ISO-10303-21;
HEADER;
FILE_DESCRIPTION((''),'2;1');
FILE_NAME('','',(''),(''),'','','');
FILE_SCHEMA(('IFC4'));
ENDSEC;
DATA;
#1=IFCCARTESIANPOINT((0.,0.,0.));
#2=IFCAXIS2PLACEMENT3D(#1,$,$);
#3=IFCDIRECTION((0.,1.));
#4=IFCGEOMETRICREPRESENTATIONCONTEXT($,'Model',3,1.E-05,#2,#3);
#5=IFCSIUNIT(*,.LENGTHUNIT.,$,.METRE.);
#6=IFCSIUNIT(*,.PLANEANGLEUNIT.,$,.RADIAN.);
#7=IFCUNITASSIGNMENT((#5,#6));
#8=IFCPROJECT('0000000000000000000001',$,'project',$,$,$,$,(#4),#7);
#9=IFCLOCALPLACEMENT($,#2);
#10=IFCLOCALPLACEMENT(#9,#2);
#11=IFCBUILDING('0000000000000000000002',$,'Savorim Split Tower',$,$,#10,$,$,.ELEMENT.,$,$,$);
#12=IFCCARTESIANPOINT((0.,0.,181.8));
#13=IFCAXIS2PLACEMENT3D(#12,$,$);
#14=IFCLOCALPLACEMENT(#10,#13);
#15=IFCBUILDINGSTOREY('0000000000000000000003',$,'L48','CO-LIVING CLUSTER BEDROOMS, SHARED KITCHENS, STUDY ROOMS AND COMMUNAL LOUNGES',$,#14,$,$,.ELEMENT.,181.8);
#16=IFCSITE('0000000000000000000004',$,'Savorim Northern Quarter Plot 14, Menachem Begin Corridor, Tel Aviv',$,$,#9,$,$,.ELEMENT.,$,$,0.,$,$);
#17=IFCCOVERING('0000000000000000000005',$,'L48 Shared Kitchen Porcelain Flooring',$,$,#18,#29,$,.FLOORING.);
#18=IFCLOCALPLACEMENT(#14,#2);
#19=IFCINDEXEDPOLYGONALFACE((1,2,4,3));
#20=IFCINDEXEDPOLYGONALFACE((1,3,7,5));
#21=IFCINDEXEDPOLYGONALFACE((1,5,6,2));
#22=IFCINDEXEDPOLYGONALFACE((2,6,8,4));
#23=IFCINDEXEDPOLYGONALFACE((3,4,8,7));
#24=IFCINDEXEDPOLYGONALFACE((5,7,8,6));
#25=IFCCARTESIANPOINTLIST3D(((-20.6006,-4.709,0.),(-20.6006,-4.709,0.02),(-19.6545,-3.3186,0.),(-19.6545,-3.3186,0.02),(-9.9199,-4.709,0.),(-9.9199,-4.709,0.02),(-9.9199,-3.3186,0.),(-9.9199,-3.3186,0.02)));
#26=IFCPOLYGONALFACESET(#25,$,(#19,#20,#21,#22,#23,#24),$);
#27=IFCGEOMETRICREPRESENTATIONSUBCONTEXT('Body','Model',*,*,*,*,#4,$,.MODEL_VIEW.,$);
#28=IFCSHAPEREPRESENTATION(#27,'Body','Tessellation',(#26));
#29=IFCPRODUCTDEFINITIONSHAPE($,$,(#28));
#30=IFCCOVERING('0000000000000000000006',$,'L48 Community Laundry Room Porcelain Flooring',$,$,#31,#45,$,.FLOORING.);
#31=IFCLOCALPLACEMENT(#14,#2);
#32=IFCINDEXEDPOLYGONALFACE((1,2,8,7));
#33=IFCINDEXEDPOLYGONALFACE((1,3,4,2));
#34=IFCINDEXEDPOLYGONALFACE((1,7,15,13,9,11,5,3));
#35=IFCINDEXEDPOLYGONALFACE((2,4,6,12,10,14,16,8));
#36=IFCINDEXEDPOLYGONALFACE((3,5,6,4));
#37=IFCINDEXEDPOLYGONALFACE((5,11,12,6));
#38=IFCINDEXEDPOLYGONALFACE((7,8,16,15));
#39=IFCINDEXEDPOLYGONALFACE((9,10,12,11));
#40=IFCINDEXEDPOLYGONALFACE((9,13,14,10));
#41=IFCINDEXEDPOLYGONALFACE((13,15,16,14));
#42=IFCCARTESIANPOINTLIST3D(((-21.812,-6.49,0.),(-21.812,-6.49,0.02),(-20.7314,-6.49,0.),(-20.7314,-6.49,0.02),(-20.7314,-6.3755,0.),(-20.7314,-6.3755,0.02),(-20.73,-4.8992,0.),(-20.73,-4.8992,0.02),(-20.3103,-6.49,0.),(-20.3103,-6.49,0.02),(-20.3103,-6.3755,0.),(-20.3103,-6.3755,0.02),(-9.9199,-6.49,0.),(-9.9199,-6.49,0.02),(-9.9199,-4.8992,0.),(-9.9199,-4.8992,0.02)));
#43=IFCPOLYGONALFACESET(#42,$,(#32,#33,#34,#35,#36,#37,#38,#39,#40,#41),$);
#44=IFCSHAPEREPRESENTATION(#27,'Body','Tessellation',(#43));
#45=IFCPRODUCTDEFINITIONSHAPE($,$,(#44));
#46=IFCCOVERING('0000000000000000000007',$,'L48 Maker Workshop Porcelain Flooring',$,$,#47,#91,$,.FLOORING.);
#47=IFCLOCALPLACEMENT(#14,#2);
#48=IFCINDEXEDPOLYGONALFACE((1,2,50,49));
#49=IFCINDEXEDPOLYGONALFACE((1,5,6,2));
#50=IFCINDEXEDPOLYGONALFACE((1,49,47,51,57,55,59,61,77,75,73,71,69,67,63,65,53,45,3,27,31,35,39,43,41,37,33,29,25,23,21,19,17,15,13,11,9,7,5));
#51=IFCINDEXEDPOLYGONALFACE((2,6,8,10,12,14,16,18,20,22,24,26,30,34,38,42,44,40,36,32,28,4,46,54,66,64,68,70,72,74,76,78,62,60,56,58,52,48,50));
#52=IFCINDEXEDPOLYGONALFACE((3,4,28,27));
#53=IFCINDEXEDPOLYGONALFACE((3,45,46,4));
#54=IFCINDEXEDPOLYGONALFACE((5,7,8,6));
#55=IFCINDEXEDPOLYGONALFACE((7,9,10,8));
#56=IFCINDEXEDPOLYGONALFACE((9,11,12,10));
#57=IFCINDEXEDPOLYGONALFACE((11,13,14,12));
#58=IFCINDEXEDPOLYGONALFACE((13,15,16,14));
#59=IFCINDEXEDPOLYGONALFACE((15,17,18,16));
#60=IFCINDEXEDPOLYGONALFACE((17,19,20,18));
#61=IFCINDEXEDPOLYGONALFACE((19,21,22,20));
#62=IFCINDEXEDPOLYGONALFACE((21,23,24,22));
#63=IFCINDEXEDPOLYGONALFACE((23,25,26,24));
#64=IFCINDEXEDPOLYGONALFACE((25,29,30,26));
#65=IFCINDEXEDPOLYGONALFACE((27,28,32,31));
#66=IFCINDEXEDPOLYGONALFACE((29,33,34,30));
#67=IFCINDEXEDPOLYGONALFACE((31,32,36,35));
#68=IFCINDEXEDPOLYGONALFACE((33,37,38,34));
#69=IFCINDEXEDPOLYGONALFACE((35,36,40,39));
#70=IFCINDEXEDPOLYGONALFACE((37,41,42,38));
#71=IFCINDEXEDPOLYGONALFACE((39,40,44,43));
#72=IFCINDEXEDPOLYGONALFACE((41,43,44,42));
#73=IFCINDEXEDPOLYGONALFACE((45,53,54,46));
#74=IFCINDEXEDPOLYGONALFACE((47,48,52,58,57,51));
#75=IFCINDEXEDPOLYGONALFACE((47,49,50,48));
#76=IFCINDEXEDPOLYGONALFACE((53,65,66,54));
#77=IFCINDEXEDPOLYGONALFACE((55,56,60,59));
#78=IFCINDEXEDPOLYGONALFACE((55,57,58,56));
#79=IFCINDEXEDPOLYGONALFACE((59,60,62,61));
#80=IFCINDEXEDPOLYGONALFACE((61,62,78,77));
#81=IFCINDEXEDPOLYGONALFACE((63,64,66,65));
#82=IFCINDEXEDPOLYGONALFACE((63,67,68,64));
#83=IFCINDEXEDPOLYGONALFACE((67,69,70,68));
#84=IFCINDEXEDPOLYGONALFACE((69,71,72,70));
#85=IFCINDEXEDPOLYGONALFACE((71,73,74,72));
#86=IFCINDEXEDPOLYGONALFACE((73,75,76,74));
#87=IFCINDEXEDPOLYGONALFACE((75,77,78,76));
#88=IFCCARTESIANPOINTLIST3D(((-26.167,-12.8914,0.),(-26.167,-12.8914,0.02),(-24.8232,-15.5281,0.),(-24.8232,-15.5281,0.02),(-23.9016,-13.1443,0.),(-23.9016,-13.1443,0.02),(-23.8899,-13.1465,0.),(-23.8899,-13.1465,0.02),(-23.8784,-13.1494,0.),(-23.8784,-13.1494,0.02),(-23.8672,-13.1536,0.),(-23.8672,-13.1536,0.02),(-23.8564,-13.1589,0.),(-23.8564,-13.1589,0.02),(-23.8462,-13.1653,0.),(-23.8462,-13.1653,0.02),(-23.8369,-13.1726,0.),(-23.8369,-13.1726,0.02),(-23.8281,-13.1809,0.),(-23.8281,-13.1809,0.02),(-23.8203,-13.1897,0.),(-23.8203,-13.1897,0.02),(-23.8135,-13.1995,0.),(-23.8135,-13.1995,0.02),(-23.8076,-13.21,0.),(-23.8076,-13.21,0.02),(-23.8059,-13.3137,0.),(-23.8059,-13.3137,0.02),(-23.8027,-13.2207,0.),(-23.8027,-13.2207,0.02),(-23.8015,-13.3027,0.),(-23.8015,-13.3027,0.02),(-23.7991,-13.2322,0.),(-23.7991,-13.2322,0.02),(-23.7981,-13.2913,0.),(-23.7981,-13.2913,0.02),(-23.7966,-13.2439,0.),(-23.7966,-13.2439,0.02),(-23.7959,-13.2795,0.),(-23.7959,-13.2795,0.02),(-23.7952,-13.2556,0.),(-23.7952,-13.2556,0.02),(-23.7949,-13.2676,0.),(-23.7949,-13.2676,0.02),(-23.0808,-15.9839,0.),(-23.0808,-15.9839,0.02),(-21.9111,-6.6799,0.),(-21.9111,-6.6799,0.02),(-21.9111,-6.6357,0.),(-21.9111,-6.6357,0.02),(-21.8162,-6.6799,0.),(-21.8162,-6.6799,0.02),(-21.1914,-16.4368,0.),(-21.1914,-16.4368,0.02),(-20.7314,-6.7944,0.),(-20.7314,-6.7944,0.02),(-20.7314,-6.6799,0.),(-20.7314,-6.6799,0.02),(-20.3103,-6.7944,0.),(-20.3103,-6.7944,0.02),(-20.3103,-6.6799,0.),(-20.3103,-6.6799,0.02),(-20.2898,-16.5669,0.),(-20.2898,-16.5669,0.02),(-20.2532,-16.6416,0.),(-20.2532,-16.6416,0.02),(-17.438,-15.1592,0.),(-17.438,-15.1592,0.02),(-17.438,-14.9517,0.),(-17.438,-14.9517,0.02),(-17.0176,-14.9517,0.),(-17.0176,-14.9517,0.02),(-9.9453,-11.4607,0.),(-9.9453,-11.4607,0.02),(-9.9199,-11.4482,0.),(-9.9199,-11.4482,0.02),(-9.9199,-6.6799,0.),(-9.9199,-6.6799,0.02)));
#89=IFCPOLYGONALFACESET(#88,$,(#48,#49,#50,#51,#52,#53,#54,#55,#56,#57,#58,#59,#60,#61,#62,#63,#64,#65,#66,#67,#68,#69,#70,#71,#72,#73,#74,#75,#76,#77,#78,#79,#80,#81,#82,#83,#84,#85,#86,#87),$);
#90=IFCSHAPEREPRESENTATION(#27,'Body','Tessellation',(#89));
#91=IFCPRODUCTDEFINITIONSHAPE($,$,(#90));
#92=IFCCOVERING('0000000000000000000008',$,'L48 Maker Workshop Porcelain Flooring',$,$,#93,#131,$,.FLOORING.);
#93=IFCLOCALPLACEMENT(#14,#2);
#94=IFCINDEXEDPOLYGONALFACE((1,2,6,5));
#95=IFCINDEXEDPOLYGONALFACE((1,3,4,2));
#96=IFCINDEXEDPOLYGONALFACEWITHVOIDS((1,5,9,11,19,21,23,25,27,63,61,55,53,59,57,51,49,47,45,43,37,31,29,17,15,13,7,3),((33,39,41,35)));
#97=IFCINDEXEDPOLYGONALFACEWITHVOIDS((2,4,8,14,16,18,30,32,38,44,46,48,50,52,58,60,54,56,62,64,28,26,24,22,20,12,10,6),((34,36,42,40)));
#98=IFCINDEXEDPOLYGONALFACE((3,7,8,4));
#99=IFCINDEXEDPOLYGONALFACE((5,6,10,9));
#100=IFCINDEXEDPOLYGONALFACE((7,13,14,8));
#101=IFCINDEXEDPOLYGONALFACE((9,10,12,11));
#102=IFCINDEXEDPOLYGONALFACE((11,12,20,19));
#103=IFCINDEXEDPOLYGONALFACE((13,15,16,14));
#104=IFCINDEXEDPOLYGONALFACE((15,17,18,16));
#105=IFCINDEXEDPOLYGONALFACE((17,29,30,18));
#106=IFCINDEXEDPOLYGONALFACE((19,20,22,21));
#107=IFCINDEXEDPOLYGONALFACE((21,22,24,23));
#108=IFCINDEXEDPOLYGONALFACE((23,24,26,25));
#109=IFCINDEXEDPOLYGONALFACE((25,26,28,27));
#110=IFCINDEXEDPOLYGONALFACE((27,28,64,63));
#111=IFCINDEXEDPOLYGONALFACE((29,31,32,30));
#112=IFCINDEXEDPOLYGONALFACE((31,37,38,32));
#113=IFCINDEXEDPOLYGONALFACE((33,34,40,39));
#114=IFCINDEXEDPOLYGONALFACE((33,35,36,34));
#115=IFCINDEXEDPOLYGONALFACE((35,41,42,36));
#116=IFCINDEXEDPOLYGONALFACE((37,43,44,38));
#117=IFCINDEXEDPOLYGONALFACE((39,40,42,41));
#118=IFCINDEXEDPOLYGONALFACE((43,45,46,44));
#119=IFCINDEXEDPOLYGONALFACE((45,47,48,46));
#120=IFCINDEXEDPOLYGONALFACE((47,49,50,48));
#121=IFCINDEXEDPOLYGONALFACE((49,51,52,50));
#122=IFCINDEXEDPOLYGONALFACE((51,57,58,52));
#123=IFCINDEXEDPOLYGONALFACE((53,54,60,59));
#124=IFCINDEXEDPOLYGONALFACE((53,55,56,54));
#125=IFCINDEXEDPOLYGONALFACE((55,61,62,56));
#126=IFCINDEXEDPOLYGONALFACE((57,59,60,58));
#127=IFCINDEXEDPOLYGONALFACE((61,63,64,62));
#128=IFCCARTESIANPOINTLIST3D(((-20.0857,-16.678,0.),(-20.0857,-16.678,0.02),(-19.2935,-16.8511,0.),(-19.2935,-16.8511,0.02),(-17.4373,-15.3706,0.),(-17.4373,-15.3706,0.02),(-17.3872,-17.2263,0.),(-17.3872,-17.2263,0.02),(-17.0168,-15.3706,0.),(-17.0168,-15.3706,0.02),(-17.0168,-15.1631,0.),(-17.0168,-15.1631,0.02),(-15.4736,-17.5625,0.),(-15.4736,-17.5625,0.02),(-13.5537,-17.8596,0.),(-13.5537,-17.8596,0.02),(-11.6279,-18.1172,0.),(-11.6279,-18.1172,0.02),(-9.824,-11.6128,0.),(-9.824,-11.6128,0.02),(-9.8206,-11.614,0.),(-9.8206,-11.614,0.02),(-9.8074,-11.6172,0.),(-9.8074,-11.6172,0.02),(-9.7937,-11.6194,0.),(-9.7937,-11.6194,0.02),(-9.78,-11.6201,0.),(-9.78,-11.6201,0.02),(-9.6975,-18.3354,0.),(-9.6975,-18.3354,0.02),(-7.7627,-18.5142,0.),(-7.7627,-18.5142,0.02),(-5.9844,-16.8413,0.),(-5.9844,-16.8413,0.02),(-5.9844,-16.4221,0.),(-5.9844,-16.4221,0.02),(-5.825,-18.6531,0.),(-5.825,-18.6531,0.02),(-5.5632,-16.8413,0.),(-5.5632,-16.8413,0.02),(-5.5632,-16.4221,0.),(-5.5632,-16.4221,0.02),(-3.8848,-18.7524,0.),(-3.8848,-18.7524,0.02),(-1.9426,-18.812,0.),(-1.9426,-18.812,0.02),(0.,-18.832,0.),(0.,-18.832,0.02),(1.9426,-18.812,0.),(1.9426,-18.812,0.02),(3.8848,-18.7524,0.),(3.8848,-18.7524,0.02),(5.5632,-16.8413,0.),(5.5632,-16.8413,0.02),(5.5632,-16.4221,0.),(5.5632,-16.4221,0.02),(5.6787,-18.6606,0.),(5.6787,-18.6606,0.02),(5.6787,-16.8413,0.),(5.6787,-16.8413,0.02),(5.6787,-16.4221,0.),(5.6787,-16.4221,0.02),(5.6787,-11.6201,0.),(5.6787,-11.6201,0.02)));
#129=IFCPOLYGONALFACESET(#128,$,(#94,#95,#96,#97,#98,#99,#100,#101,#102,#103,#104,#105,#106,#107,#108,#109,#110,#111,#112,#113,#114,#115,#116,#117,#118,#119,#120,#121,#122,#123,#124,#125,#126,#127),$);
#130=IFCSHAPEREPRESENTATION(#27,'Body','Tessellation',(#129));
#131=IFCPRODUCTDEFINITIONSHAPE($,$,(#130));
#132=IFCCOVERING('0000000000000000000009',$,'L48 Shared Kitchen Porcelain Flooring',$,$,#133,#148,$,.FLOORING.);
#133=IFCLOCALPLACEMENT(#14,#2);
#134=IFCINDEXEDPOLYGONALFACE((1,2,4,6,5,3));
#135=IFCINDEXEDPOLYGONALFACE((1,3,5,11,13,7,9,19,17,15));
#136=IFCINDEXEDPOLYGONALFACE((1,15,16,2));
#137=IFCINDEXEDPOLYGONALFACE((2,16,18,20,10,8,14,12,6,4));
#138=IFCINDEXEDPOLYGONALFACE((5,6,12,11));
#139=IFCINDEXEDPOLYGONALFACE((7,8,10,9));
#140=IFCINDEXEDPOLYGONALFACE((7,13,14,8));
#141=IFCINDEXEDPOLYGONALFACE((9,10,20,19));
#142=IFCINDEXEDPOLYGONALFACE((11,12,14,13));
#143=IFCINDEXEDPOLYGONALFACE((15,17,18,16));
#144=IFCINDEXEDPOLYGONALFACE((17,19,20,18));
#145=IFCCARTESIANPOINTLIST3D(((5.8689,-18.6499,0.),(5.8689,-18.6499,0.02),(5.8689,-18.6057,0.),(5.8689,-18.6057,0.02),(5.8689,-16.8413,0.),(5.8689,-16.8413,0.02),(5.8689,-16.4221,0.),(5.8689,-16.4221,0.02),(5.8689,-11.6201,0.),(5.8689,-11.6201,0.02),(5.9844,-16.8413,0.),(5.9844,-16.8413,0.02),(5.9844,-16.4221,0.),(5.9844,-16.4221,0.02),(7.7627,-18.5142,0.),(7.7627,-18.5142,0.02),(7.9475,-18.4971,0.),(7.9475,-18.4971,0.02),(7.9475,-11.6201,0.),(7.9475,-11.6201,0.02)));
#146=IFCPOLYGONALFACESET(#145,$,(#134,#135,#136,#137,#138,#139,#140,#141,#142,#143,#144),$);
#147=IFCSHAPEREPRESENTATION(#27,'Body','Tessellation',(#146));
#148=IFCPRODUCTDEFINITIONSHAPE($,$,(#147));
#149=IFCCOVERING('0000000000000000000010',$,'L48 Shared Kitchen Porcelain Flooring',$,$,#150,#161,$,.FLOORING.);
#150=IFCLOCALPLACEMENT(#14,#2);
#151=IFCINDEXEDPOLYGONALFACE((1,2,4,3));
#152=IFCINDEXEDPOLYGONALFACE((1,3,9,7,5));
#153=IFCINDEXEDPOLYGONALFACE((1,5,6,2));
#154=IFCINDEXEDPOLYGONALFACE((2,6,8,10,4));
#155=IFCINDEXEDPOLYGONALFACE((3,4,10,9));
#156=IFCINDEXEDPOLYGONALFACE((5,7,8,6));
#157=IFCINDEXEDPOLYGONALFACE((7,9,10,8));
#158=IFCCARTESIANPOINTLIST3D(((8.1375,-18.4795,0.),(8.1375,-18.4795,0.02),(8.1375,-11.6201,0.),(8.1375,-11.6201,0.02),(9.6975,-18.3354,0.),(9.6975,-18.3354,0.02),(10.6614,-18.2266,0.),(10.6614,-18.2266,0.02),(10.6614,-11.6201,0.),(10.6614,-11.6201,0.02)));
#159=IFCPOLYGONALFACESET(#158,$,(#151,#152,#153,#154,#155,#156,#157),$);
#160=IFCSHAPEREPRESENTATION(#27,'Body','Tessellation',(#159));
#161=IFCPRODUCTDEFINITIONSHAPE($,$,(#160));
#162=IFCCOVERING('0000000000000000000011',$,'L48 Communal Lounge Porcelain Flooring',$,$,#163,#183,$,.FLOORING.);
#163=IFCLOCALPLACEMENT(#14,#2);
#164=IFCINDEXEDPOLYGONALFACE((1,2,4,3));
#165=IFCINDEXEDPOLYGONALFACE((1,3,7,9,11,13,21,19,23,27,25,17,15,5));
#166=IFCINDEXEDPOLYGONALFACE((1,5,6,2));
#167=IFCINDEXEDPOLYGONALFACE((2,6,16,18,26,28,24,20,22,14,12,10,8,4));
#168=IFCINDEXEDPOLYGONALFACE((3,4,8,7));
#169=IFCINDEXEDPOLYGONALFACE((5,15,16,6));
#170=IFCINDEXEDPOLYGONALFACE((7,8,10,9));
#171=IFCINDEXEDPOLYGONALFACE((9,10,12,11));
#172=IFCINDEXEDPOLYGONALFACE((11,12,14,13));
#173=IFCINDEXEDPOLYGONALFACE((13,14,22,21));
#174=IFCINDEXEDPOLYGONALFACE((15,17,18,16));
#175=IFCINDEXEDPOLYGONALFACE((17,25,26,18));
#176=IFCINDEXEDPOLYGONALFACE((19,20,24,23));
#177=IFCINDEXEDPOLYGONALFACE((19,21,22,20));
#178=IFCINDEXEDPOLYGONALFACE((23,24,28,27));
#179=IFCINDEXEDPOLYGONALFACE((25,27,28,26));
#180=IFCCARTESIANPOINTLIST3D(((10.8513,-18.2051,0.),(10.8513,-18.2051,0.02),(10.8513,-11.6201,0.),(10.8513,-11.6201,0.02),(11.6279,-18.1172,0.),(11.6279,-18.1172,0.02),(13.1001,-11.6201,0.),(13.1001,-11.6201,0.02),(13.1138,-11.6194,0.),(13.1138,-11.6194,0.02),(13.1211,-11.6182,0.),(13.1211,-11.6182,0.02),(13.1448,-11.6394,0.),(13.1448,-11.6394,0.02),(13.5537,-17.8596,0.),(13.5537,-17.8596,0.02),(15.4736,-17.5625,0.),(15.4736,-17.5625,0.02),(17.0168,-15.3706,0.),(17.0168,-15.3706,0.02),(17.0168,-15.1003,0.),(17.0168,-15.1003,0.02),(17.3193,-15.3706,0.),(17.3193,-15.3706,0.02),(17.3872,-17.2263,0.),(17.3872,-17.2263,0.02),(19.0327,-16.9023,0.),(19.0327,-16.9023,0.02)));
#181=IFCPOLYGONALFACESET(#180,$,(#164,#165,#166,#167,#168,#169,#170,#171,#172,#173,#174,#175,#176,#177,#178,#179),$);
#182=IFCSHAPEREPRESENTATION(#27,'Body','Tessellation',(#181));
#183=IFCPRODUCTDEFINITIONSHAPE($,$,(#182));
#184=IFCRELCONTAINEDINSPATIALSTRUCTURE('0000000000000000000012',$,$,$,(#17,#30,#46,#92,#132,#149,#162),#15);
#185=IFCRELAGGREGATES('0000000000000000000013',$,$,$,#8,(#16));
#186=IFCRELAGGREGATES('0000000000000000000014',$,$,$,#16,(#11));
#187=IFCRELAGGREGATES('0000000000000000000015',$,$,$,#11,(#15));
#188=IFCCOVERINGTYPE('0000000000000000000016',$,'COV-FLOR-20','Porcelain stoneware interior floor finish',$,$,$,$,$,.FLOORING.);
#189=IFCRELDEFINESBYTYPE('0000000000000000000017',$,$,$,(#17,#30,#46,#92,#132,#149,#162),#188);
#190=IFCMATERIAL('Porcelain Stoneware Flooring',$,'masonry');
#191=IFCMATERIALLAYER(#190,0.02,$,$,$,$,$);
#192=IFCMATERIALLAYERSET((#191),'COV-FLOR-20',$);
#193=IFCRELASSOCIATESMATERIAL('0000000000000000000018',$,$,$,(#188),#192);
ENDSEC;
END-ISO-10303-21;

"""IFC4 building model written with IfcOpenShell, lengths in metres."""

from ifc_helpers import new_model, si_unit, direction, frame, origin, place, context, subcontext, project, spatial, polyline, outline, extrude, material, layer, layer_set, type_object, element, save


model = new_model("IFC4")

# Units and contexts
model_context = context("Model", 3, precision=1e-05, world=origin(), true_north=direction((0.0, 1.0)))
body_context = subcontext(model_context, "Body", "Model", "MODEL_VIEW")
ifc_project = project(units=[si_unit("LENGTHUNIT", "METRE"), si_unit("PLANEANGLEUNIT", "RADIAN")], contexts=[model_context])

# Site, building, storey
site_placement = place(None, origin())
site = spatial("IfcSite", under=ifc_project, at=site_placement, Name="Savorim Northern Quarter Plot 14, Menachem Begin Corridor, Tel Aviv", CompositionType="ELEMENT", RefElevation=0.0)
building_placement = place(site_placement, origin())
building = spatial("IfcBuilding", under=site, at=building_placement, Name="Savorim Split Tower", CompositionType="ELEMENT")
storey_placement = place(building_placement, frame((0.0, 0.0, 181.8)))
storey = spatial("IfcBuildingStorey", under=building, at=storey_placement, Name="L48", Description="CO-LIVING CLUSTER BEDROOMS, SHARED KITCHENS, STUDY ROOMS AND COMMUNAL LOUNGES", CompositionType="ELEMENT", Elevation=181.8)

# Coverings
ifc_material_1 = material(Name="Porcelain Stoneware Flooring", Category="masonry")
ifc_layer_1 = layer(ifc_material_1, 0.02)
ifc_layer_set_1 = layer_set([ifc_layer_1], Name="COV-FLOR-20")
covering_type_1 = type_object("IfcCoveringType", Name="COV-FLOR-20", Description="Porcelain stoneware interior floor finish", PredefinedType="FLOORING", material=ifc_layer_set_1)
covering_1_placement = place(storey_placement, origin())
element("IfcCovering", 1, at=covering_1_placement, inside=storey, type_object=covering_type_1, Name="L48 Shared Kitchen Porcelain Flooring", PredefinedType="FLOORING", context=body_context, shape_type="SweptSolid", body=[
    extrude(outline(polyline([(-19.6545, -3.3186), (-20.6006, -4.709), (-9.9199, -4.709), (-9.9199, -3.3186), (-19.6545, -3.3186)])), origin(), (0.0, 0.0, 1.0), 0.02),
])
covering_2_placement = place(storey_placement, origin())
element("IfcCovering", 2, at=covering_2_placement, inside=storey, type_object=covering_type_1, Name="L48 Community Laundry Room Porcelain Flooring", PredefinedType="FLOORING", context=body_context, shape_type="SweptSolid", body=[
    extrude(outline(polyline([(-20.3103, -6.3755), (-20.3103, -6.49), (-9.9199, -6.49), (-9.9199, -4.8992), (-20.73, -4.8992), (-21.812, -6.49), (-20.7314, -6.49), (-20.7314, -6.3755), (-20.3103, -6.3755)])), origin(), (0.0, 0.0, 1.0), 0.02),
])
covering_3_placement = place(storey_placement, origin())
element("IfcCovering", 3, at=covering_3_placement, inside=storey, type_object=covering_type_1, Name="L48 Maker Workshop Porcelain Flooring", PredefinedType="FLOORING", context=body_context, shape_type="SweptSolid", body=[
    extrude(outline(polyline([(-23.7952, -13.2556), (-23.7949, -13.2676), (-23.7959, -13.2795), (-23.7981, -13.2913), (-23.8015, -13.3027), (-23.8059, -13.3137), (-24.8232, -15.5281), (-23.0808, -15.9839), (-21.1914, -16.4368), (-20.2532, -16.6416), (-20.2898, -16.5669), (-17.438, -15.1592), (-17.438, -14.9517), (-17.0176, -14.9517), (-9.9453, -11.4607), (-9.9199, -11.4482), (-9.9199, -6.6799), (-20.3103, -6.6799), (-20.3103, -6.7944), (-20.7314, -6.7944), (-20.7314, -6.6799), (-21.8162, -6.6799), (-21.9111, -6.6799), (-21.9111, -6.6357), (-26.167, -12.8914), (-23.9016, -13.1443), (-23.8899, -13.1465), (-23.8784, -13.1494), (-23.8672, -13.1536), (-23.8564, -13.1589), (-23.8462, -13.1653), (-23.8369, -13.1726), (-23.8281, -13.1809), (-23.8203, -13.1897), (-23.8135, -13.1995), (-23.8076, -13.21), (-23.8027, -13.2207), (-23.7991, -13.2322), (-23.7966, -13.2439), (-23.7952, -13.2556)])), origin(), (0.0, 0.0, 1.0), 0.02),
])
covering_4_placement = place(storey_placement, origin())
element("IfcCovering", 4, at=covering_4_placement, inside=storey, type_object=covering_type_1, Name="L48 Maker Workshop Porcelain Flooring", PredefinedType="FLOORING", context=body_context, shape_type="SweptSolid", body=[
    extrude(outline(polyline([(-1.9426, -18.812), (0.0, -18.832), (1.9426, -18.812), (3.8848, -18.7524), (5.6787, -18.6606), (5.6787, -16.8413), (5.5632, -16.8413), (5.5632, -16.4221), (5.6787, -16.4221), (5.6787, -11.6201), (-9.78, -11.6201), (-9.7937, -11.6194), (-9.8074, -11.6172), (-9.8206, -11.614), (-9.824, -11.6128), (-17.0168, -15.1631), (-17.0168, -15.3706), (-17.4373, -15.3706), (-20.0857, -16.678), (-19.2935, -16.8511), (-17.3872, -17.2263), (-15.4736, -17.5625), (-13.5537, -17.8596), (-11.6279, -18.1172), (-9.6975, -18.3354), (-7.7627, -18.5142), (-5.825, -18.6531), (-3.8848, -18.7524), (-1.9426, -18.812)]), holes=[polyline([(-5.9844, -16.8413), (-5.5632, -16.8413), (-5.5632, -16.4221), (-5.9844, -16.4221), (-5.9844, -16.8413)])]), origin(), (0.0, 0.0, 1.0), 0.02),
])
covering_5_placement = place(storey_placement, origin())
element("IfcCovering", 5, at=covering_5_placement, inside=storey, type_object=covering_type_1, Name="L48 Shared Kitchen Porcelain Flooring", PredefinedType="FLOORING", context=body_context, shape_type="SweptSolid", body=[
    extrude(outline(polyline([(5.8689, -18.6057), (5.8689, -18.6499), (7.7627, -18.5142), (7.9475, -18.4971), (7.9475, -11.6201), (5.8689, -11.6201), (5.8689, -16.4221), (5.9844, -16.4221), (5.9844, -16.8413), (5.8689, -16.8413), (5.8689, -18.6057)])), origin(), (0.0, 0.0, 1.0), 0.02),
])
covering_6_placement = place(storey_placement, origin())
element("IfcCovering", 6, at=covering_6_placement, inside=storey, type_object=covering_type_1, Name="L48 Shared Kitchen Porcelain Flooring", PredefinedType="FLOORING", context=body_context, shape_type="SweptSolid", body=[
    extrude(outline(polyline([(8.1375, -11.6201), (8.1375, -18.4795), (9.6975, -18.3354), (10.6614, -18.2266), (10.6614, -11.6201), (8.1375, -11.6201)])), origin(), (0.0, 0.0, 1.0), 0.02),
])
covering_7_placement = place(storey_placement, origin())
element("IfcCovering", 7, at=covering_7_placement, inside=storey, type_object=covering_type_1, Name="L48 Communal Lounge Porcelain Flooring", PredefinedType="FLOORING", context=body_context, shape_type="SweptSolid", body=[
    extrude(outline(polyline([(11.6279, -18.1172), (13.5537, -17.8596), (15.4736, -17.5625), (17.3872, -17.2263), (19.0327, -16.9023), (17.3193, -15.3706), (17.0168, -15.3706), (17.0168, -15.1003), (13.1448, -11.6394), (13.1211, -11.6182), (13.1138, -11.6194), (13.1001, -11.6201), (10.8513, -11.6201), (10.8513, -18.2051), (11.6279, -18.1172)])), origin(), (0.0, 0.0, 1.0), 0.02),
])

save(model, "model.ifc")
